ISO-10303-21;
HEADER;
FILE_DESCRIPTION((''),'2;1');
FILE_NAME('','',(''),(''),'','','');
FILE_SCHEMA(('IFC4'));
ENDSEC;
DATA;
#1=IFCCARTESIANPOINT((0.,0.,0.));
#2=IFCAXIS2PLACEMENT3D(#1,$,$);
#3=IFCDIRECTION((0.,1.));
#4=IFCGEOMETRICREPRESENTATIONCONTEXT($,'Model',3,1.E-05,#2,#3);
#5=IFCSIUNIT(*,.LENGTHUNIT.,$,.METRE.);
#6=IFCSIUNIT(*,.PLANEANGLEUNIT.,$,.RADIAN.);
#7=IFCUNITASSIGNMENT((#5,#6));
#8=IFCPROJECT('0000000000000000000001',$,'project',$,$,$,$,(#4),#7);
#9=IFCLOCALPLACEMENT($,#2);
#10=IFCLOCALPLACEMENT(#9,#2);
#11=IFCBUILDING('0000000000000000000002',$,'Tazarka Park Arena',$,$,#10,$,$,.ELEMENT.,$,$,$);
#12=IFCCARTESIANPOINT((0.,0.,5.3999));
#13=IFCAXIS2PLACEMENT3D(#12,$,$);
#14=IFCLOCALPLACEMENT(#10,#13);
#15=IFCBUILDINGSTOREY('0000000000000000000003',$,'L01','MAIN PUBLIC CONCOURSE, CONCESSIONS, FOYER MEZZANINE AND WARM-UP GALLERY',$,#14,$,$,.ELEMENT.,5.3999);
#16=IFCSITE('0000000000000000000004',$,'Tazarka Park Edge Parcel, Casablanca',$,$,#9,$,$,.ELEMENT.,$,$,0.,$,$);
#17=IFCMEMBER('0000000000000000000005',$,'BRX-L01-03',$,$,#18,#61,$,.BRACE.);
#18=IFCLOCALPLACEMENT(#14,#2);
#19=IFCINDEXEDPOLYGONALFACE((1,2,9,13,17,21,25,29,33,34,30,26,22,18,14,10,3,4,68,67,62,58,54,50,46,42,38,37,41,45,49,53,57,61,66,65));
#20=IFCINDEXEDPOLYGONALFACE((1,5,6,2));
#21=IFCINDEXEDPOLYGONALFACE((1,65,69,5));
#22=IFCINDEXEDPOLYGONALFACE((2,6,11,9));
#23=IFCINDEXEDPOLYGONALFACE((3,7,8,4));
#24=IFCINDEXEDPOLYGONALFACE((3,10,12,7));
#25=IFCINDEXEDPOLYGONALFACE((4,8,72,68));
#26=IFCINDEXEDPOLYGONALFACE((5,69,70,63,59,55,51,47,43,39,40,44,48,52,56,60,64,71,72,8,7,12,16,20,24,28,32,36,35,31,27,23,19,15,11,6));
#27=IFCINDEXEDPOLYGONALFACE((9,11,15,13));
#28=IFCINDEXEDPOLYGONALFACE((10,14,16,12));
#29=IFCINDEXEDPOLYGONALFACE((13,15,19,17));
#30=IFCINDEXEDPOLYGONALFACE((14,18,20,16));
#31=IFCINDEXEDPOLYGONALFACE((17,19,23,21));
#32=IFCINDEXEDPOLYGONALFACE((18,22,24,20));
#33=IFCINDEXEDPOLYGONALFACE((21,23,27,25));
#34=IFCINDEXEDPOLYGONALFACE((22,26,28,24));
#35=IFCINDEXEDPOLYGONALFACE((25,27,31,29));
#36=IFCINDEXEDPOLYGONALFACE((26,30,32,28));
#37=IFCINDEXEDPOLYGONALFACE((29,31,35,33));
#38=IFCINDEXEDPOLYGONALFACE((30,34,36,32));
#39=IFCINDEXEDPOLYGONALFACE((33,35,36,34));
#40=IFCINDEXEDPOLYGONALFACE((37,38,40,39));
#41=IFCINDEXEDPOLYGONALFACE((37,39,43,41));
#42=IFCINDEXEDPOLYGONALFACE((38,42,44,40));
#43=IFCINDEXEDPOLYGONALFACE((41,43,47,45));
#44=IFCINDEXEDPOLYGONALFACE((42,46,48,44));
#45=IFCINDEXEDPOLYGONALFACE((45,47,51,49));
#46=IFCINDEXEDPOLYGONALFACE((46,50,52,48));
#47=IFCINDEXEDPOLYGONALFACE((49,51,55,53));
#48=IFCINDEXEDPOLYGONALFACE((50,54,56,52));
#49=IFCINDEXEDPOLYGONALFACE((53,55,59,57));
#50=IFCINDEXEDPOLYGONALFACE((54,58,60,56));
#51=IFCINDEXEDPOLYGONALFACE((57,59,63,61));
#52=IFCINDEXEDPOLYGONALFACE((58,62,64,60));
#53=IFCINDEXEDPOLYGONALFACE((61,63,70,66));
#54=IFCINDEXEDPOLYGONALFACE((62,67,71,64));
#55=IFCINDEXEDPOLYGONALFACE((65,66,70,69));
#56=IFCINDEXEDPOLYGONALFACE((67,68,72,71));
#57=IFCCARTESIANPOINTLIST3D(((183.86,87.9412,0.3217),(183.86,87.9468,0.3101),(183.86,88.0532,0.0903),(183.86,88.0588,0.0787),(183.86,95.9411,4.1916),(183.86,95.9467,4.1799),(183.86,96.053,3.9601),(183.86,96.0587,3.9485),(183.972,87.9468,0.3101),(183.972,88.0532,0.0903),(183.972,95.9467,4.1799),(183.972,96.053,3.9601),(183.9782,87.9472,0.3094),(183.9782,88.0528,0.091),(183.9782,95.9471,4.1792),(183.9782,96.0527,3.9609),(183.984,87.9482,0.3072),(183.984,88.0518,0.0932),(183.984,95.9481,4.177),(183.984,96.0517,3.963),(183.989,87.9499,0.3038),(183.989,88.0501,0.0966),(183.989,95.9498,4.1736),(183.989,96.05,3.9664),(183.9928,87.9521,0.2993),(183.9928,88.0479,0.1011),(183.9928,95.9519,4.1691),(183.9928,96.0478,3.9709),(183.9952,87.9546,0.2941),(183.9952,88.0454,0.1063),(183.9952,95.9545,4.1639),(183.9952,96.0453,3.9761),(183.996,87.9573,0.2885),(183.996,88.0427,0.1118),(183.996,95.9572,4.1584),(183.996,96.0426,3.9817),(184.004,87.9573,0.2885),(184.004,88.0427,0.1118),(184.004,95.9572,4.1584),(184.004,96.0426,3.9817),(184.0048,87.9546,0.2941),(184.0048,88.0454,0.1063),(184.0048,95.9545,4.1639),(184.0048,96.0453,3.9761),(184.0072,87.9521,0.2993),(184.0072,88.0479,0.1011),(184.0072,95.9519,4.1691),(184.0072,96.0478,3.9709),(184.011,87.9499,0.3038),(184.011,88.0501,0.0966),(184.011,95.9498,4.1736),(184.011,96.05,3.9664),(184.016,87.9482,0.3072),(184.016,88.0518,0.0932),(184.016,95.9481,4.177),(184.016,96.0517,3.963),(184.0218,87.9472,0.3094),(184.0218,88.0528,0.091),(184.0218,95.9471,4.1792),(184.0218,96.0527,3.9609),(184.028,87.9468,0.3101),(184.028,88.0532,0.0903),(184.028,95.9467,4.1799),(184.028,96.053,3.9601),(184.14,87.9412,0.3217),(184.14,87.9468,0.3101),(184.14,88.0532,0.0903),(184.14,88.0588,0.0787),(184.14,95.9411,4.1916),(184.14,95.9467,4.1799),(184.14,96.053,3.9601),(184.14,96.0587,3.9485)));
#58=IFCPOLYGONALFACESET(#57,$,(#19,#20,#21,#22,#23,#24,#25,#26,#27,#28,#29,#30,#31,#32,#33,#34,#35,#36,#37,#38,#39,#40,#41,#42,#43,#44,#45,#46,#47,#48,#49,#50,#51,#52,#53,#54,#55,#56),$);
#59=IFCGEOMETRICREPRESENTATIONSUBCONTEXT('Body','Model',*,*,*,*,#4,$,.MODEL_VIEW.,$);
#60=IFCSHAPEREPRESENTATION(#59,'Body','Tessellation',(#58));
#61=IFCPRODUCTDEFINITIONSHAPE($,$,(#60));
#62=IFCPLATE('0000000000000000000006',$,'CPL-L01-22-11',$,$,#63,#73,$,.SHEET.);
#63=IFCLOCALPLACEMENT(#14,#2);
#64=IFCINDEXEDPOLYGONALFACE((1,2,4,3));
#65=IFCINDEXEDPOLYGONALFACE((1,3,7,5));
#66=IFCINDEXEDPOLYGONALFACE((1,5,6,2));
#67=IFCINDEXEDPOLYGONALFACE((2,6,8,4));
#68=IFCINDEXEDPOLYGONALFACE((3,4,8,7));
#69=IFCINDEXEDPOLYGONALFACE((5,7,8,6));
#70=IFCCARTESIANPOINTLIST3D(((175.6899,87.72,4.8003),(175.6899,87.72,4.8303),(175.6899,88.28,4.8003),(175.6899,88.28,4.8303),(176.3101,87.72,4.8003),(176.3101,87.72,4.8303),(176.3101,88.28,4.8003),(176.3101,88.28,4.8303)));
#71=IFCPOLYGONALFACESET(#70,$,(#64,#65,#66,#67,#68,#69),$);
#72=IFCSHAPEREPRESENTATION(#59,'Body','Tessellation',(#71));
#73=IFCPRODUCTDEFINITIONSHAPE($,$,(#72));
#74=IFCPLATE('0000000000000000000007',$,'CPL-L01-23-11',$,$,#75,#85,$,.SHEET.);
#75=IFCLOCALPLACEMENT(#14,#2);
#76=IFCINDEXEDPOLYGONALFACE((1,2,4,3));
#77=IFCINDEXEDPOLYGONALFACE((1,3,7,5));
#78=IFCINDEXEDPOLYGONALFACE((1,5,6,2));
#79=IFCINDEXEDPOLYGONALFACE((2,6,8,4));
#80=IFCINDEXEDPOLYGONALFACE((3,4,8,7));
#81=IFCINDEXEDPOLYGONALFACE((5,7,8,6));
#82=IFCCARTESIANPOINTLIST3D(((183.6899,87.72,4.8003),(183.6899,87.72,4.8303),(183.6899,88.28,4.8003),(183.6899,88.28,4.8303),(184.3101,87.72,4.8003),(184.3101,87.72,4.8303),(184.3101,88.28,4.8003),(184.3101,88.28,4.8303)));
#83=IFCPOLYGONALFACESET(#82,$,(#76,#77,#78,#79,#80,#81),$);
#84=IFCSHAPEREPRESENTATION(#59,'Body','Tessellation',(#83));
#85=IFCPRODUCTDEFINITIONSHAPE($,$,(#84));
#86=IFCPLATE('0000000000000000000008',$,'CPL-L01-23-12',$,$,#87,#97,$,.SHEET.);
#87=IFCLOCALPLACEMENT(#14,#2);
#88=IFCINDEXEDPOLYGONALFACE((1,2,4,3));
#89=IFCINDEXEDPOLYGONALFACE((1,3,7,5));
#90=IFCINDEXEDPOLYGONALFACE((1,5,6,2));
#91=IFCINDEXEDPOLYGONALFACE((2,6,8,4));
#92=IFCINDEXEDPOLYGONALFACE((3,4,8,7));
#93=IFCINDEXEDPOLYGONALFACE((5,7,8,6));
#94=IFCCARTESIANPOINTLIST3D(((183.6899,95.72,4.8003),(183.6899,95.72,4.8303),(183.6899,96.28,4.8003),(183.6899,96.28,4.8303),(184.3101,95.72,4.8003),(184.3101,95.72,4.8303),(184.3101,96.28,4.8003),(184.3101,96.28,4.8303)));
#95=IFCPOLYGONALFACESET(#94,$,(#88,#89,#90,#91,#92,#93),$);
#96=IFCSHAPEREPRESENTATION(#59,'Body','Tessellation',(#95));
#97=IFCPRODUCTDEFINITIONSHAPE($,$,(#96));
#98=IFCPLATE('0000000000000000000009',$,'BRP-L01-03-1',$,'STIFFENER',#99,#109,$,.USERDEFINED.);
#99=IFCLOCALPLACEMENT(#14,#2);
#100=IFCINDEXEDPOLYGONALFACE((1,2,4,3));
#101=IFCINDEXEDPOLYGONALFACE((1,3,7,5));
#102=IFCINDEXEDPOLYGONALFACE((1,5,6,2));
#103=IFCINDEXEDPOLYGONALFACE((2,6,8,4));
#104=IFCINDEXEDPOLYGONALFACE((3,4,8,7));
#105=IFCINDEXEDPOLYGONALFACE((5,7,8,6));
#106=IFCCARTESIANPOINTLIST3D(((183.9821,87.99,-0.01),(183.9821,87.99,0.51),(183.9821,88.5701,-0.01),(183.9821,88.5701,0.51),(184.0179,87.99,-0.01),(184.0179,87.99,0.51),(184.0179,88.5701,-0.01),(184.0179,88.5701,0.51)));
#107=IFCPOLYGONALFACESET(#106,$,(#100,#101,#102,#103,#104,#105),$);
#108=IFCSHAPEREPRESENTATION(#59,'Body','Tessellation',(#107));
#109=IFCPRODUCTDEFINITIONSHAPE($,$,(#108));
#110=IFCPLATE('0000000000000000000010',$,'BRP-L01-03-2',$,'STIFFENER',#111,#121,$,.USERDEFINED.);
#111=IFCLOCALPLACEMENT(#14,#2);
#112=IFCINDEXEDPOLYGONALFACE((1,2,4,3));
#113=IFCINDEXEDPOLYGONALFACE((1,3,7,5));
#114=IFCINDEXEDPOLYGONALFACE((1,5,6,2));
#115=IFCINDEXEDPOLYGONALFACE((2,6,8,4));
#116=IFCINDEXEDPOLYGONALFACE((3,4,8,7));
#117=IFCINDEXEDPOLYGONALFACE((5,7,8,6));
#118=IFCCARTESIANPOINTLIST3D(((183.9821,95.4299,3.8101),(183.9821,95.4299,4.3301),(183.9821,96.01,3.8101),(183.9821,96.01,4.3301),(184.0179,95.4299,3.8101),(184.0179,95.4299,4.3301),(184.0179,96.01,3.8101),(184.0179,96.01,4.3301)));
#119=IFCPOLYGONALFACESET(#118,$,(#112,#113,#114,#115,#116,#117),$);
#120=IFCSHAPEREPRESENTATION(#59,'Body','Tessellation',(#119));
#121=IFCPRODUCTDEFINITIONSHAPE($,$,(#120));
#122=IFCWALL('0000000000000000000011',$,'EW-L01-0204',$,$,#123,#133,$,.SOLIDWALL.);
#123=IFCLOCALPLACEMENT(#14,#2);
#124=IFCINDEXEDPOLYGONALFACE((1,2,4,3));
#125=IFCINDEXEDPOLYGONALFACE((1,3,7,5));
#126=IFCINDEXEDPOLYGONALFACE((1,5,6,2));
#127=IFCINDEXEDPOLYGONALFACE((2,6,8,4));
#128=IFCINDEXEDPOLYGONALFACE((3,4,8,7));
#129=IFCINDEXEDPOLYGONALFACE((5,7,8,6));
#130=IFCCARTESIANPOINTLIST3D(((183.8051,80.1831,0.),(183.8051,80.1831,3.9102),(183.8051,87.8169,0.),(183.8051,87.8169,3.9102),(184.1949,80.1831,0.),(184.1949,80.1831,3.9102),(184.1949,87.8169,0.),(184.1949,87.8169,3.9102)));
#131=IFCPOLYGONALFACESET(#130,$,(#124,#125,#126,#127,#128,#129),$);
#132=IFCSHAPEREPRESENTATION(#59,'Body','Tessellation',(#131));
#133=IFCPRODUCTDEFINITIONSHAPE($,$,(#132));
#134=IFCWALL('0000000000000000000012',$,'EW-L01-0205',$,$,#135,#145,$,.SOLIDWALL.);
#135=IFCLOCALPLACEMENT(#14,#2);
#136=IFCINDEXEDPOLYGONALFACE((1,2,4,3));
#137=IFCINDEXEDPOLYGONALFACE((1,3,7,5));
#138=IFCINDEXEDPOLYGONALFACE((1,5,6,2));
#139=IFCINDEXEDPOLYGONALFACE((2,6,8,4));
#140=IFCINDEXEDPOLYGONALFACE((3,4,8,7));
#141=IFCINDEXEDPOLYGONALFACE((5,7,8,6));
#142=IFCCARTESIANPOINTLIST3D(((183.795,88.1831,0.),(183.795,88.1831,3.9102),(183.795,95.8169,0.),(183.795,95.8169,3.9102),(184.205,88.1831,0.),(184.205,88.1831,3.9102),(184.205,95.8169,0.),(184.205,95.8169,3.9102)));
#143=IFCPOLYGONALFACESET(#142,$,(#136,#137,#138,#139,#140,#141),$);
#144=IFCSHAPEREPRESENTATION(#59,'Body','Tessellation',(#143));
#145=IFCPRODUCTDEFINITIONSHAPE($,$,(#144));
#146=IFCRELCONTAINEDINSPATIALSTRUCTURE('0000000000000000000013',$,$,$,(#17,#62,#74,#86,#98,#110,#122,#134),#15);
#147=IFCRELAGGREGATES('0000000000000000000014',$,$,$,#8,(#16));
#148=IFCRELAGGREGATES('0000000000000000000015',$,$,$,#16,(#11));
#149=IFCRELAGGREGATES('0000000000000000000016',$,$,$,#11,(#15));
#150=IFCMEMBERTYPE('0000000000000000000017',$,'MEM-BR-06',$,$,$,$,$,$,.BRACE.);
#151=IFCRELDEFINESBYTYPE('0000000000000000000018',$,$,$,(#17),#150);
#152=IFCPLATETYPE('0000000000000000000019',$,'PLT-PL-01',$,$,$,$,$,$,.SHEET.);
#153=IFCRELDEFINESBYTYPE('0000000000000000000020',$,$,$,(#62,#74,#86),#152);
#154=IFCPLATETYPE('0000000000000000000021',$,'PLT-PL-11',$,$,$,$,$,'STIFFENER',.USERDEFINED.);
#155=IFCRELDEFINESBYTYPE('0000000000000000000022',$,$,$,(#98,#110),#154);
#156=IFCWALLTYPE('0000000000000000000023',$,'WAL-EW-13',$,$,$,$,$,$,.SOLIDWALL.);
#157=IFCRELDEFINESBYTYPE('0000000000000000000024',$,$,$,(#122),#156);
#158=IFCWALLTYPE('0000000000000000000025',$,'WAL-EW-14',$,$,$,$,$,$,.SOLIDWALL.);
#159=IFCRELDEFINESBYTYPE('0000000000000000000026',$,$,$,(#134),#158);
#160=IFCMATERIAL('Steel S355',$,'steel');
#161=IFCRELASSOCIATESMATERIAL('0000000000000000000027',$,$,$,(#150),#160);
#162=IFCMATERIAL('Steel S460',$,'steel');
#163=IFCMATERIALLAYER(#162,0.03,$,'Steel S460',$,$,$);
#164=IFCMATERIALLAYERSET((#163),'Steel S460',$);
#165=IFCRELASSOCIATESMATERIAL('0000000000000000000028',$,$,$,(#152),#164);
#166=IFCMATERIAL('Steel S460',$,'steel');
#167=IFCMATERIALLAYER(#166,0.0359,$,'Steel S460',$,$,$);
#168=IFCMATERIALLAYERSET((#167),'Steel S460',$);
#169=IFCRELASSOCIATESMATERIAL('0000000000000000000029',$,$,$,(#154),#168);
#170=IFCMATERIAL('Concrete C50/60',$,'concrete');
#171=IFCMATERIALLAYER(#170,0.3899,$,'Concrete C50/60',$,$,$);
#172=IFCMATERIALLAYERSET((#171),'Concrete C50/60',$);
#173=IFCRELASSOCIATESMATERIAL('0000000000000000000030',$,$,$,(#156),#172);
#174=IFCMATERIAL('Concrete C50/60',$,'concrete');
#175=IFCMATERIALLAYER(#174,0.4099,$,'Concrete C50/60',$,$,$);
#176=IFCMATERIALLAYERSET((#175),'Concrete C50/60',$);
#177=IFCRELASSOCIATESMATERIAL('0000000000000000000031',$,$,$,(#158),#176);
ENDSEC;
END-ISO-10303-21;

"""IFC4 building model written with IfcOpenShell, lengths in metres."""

from ifc_helpers import new_model, si_unit, direction, frame, frame_2d, origin, origin_2d, place, context, subcontext, project, spatial, rectangle, i_section, extrude, material, layer, layer_set, material_profile, profile_set, type_object, element, save


model = new_model("IFC4")

# Units and contexts
model_context = context("Model", 3, precision=1e-05, world=origin(), true_north=direction((0.0, 1.0)))
body_context = subcontext(model_context, "Body", "Model", "MODEL_VIEW")
ifc_project = project(units=[si_unit("LENGTHUNIT", "METRE"), si_unit("PLANEANGLEUNIT", "RADIAN")], contexts=[model_context])

# Site, building, storey
site_placement = place(None, origin())
site = spatial("IfcSite", under=ifc_project, at=site_placement, Name="Tazarka Park Edge Parcel, Casablanca", CompositionType="ELEMENT", RefElevation=0.0)
building_placement = place(site_placement, origin())
building = spatial("IfcBuilding", under=site, at=building_placement, Name="Tazarka Park Arena", CompositionType="ELEMENT")
storey_placement = place(building_placement, frame((0.0, 0.0, 5.3999)))
storey = spatial("IfcBuildingStorey", under=building, at=storey_placement, Name="L01", Description="MAIN PUBLIC CONCOURSE, CONCESSIONS, FOYER MEZZANINE AND WARM-UP GALLERY", CompositionType="ELEMENT", Elevation=5.3999)

# Member
ifc_material_1 = material(Name="Steel S355", Category="steel")
ifc_material_profile_1 = material_profile(ifc_material_1, i_section(OverallWidth=0.28, OverallDepth=0.27, WebThickness=0.0081, FlangeThickness=0.0129, FilletRadius=0.0239, at=origin_2d()), Name="Steel S355")
ifc_profile_set_1 = profile_set([ifc_material_profile_1], Name="Steel S355")
member_type = type_object("IfcMemberType", Name="MEM-BR-06", PredefinedType="BRACE", material=ifc_profile_set_1)
member_placement = place(storey_placement, frame((184.0, 88.0, 0.2002), z_axis=(0.0, 0.900208, 0.435461), x_axis=(-1.0, 0.0, 0.0)))
element("IfcMember", 1, at=member_placement, inside=storey, type_object=member_type, Name="BRX-L01-03", PredefinedType="BRACE", context=body_context, shape_type="SweptSolid", body=[
    extrude(i_section(OverallWidth=0.28, OverallDepth=0.27, WebThickness=0.0081, FlangeThickness=0.0129, FilletRadius=0.0239, at=origin_2d()), origin(), (0.0, 0.0, 1.0), 8.8867),
])

# Plates
ifc_material_2 = material(Name="Steel S460", Category="steel")
ifc_layer_1 = layer(ifc_material_2, 0.03, Name="Steel S460")
ifc_layer_set_1 = layer_set([ifc_layer_1], Name="Steel S460")
plate_type_1 = type_object("IfcPlateType", Name="PLT-PL-01", PredefinedType="SHEET", material=ifc_layer_set_1)
for number, where, z_axis, x_axis, name in (
    (2, (176.0, 88.0, 4.8003), (0.0, 0.0, 1.0), (1.0, 0.0, 0.0), "CPL-L01-22-11"),
    (3, (184.0, 88.0, 4.8003), (0.0, 0.0, 1.0), (1.0, 0.0, 0.0), "CPL-L01-23-11"),
    (4, (184.0, 96.0, 4.8003), (0.0, 0.0, 1.0), (1.0, 0.0, 0.0), "CPL-L01-23-12"),
):
    element("IfcPlate", number, at=place(storey_placement, frame(where, z_axis=z_axis, x_axis=x_axis)), inside=storey, type_object=plate_type_1, Name=name, PredefinedType="SHEET", context=body_context, shape_type="SweptSolid", body=[
        extrude(rectangle(XDim=0.6201, YDim=0.5601, at=origin_2d()), origin(), (0.0, 0.0, 1.0), 0.03),
    ])
ifc_material_3 = material(Name="Steel S460", Category="steel")
ifc_layer_2 = layer(ifc_material_3, 0.0359, Name="Steel S460")
ifc_layer_set_2 = layer_set([ifc_layer_2], Name="Steel S460")
plate_type_2 = type_object("IfcPlateType", Name="PLT-PL-11", ElementType="STIFFENER", PredefinedType="USERDEFINED", material=ifc_layer_set_2)
for number, where, z_axis, x_axis, name in (
    (5, (184.0, 88.28, -0.01), (0.0, 0.0, 1.0), (1.0, 0.0, 0.0), "BRP-L01-03-1"),
    (6, (184.0, 95.72, 3.8101), (0.0, 0.0, 1.0), (1.0, 0.0, 0.0), "BRP-L01-03-2"),
):
    element("IfcPlate", number, at=place(storey_placement, frame(where, z_axis=z_axis, x_axis=x_axis)), inside=storey, type_object=plate_type_2, Name=name, ObjectType="STIFFENER", PredefinedType="USERDEFINED", context=body_context, shape_type="SweptSolid", body=[
        extrude(rectangle(XDim=0.0359, YDim=0.5801, at=origin_2d()), origin(), (0.0, 0.0, 1.0), 0.52),
    ])

# Walls
ifc_material_4 = material(Name="Concrete C50/60", Category="concrete")
ifc_layer_3 = layer(ifc_material_4, 0.3899, Name="Concrete C50/60")
ifc_layer_set_3 = layer_set([ifc_layer_3], Name="Concrete C50/60")
wall_type_1 = type_object("IfcWallType", Name="WAL-EW-13", PredefinedType="SOLIDWALL", material=ifc_layer_set_3)
wall_1_placement = place(storey_placement, frame((184.0, 87.8169, 0.0), z_axis=(0.0, 0.0, 1.0), x_axis=(0.0, -1.0, 0.0)))
element("IfcWall", 7, at=wall_1_placement, inside=storey, type_object=wall_type_1, Name="EW-L01-0204", PredefinedType="SOLIDWALL", context=body_context, shape_type="SweptSolid", body=[
    extrude(rectangle(XDim=7.6338, YDim=0.3899, at=frame_2d((3.8169, 0.0))), origin(), (0.0, 0.0, 1.0), 3.9102),
])
ifc_material_5 = material(Name="Concrete C50/60", Category="concrete")
ifc_layer_4 = layer(ifc_material_5, 0.4099, Name="Concrete C50/60")
ifc_layer_set_4 = layer_set([ifc_layer_4], Name="Concrete C50/60")
wall_type_2 = type_object("IfcWallType", Name="WAL-EW-14", PredefinedType="SOLIDWALL", material=ifc_layer_set_4)
wall_2_placement = place(storey_placement, frame((184.0, 95.8169, 0.0), z_axis=(0.0, 0.0, 1.0), x_axis=(0.0, -1.0, 0.0)))
element("IfcWall", 8, at=wall_2_placement, inside=storey, type_object=wall_type_2, Name="EW-L01-0205", PredefinedType="SOLIDWALL", context=body_context, shape_type="SweptSolid", body=[
    extrude(rectangle(XDim=7.6338, YDim=0.4099, at=frame_2d((3.8169, 0.0))), origin(), (0.0, 0.0, 1.0), 3.9102),
])

save(model, "model.ifc")
